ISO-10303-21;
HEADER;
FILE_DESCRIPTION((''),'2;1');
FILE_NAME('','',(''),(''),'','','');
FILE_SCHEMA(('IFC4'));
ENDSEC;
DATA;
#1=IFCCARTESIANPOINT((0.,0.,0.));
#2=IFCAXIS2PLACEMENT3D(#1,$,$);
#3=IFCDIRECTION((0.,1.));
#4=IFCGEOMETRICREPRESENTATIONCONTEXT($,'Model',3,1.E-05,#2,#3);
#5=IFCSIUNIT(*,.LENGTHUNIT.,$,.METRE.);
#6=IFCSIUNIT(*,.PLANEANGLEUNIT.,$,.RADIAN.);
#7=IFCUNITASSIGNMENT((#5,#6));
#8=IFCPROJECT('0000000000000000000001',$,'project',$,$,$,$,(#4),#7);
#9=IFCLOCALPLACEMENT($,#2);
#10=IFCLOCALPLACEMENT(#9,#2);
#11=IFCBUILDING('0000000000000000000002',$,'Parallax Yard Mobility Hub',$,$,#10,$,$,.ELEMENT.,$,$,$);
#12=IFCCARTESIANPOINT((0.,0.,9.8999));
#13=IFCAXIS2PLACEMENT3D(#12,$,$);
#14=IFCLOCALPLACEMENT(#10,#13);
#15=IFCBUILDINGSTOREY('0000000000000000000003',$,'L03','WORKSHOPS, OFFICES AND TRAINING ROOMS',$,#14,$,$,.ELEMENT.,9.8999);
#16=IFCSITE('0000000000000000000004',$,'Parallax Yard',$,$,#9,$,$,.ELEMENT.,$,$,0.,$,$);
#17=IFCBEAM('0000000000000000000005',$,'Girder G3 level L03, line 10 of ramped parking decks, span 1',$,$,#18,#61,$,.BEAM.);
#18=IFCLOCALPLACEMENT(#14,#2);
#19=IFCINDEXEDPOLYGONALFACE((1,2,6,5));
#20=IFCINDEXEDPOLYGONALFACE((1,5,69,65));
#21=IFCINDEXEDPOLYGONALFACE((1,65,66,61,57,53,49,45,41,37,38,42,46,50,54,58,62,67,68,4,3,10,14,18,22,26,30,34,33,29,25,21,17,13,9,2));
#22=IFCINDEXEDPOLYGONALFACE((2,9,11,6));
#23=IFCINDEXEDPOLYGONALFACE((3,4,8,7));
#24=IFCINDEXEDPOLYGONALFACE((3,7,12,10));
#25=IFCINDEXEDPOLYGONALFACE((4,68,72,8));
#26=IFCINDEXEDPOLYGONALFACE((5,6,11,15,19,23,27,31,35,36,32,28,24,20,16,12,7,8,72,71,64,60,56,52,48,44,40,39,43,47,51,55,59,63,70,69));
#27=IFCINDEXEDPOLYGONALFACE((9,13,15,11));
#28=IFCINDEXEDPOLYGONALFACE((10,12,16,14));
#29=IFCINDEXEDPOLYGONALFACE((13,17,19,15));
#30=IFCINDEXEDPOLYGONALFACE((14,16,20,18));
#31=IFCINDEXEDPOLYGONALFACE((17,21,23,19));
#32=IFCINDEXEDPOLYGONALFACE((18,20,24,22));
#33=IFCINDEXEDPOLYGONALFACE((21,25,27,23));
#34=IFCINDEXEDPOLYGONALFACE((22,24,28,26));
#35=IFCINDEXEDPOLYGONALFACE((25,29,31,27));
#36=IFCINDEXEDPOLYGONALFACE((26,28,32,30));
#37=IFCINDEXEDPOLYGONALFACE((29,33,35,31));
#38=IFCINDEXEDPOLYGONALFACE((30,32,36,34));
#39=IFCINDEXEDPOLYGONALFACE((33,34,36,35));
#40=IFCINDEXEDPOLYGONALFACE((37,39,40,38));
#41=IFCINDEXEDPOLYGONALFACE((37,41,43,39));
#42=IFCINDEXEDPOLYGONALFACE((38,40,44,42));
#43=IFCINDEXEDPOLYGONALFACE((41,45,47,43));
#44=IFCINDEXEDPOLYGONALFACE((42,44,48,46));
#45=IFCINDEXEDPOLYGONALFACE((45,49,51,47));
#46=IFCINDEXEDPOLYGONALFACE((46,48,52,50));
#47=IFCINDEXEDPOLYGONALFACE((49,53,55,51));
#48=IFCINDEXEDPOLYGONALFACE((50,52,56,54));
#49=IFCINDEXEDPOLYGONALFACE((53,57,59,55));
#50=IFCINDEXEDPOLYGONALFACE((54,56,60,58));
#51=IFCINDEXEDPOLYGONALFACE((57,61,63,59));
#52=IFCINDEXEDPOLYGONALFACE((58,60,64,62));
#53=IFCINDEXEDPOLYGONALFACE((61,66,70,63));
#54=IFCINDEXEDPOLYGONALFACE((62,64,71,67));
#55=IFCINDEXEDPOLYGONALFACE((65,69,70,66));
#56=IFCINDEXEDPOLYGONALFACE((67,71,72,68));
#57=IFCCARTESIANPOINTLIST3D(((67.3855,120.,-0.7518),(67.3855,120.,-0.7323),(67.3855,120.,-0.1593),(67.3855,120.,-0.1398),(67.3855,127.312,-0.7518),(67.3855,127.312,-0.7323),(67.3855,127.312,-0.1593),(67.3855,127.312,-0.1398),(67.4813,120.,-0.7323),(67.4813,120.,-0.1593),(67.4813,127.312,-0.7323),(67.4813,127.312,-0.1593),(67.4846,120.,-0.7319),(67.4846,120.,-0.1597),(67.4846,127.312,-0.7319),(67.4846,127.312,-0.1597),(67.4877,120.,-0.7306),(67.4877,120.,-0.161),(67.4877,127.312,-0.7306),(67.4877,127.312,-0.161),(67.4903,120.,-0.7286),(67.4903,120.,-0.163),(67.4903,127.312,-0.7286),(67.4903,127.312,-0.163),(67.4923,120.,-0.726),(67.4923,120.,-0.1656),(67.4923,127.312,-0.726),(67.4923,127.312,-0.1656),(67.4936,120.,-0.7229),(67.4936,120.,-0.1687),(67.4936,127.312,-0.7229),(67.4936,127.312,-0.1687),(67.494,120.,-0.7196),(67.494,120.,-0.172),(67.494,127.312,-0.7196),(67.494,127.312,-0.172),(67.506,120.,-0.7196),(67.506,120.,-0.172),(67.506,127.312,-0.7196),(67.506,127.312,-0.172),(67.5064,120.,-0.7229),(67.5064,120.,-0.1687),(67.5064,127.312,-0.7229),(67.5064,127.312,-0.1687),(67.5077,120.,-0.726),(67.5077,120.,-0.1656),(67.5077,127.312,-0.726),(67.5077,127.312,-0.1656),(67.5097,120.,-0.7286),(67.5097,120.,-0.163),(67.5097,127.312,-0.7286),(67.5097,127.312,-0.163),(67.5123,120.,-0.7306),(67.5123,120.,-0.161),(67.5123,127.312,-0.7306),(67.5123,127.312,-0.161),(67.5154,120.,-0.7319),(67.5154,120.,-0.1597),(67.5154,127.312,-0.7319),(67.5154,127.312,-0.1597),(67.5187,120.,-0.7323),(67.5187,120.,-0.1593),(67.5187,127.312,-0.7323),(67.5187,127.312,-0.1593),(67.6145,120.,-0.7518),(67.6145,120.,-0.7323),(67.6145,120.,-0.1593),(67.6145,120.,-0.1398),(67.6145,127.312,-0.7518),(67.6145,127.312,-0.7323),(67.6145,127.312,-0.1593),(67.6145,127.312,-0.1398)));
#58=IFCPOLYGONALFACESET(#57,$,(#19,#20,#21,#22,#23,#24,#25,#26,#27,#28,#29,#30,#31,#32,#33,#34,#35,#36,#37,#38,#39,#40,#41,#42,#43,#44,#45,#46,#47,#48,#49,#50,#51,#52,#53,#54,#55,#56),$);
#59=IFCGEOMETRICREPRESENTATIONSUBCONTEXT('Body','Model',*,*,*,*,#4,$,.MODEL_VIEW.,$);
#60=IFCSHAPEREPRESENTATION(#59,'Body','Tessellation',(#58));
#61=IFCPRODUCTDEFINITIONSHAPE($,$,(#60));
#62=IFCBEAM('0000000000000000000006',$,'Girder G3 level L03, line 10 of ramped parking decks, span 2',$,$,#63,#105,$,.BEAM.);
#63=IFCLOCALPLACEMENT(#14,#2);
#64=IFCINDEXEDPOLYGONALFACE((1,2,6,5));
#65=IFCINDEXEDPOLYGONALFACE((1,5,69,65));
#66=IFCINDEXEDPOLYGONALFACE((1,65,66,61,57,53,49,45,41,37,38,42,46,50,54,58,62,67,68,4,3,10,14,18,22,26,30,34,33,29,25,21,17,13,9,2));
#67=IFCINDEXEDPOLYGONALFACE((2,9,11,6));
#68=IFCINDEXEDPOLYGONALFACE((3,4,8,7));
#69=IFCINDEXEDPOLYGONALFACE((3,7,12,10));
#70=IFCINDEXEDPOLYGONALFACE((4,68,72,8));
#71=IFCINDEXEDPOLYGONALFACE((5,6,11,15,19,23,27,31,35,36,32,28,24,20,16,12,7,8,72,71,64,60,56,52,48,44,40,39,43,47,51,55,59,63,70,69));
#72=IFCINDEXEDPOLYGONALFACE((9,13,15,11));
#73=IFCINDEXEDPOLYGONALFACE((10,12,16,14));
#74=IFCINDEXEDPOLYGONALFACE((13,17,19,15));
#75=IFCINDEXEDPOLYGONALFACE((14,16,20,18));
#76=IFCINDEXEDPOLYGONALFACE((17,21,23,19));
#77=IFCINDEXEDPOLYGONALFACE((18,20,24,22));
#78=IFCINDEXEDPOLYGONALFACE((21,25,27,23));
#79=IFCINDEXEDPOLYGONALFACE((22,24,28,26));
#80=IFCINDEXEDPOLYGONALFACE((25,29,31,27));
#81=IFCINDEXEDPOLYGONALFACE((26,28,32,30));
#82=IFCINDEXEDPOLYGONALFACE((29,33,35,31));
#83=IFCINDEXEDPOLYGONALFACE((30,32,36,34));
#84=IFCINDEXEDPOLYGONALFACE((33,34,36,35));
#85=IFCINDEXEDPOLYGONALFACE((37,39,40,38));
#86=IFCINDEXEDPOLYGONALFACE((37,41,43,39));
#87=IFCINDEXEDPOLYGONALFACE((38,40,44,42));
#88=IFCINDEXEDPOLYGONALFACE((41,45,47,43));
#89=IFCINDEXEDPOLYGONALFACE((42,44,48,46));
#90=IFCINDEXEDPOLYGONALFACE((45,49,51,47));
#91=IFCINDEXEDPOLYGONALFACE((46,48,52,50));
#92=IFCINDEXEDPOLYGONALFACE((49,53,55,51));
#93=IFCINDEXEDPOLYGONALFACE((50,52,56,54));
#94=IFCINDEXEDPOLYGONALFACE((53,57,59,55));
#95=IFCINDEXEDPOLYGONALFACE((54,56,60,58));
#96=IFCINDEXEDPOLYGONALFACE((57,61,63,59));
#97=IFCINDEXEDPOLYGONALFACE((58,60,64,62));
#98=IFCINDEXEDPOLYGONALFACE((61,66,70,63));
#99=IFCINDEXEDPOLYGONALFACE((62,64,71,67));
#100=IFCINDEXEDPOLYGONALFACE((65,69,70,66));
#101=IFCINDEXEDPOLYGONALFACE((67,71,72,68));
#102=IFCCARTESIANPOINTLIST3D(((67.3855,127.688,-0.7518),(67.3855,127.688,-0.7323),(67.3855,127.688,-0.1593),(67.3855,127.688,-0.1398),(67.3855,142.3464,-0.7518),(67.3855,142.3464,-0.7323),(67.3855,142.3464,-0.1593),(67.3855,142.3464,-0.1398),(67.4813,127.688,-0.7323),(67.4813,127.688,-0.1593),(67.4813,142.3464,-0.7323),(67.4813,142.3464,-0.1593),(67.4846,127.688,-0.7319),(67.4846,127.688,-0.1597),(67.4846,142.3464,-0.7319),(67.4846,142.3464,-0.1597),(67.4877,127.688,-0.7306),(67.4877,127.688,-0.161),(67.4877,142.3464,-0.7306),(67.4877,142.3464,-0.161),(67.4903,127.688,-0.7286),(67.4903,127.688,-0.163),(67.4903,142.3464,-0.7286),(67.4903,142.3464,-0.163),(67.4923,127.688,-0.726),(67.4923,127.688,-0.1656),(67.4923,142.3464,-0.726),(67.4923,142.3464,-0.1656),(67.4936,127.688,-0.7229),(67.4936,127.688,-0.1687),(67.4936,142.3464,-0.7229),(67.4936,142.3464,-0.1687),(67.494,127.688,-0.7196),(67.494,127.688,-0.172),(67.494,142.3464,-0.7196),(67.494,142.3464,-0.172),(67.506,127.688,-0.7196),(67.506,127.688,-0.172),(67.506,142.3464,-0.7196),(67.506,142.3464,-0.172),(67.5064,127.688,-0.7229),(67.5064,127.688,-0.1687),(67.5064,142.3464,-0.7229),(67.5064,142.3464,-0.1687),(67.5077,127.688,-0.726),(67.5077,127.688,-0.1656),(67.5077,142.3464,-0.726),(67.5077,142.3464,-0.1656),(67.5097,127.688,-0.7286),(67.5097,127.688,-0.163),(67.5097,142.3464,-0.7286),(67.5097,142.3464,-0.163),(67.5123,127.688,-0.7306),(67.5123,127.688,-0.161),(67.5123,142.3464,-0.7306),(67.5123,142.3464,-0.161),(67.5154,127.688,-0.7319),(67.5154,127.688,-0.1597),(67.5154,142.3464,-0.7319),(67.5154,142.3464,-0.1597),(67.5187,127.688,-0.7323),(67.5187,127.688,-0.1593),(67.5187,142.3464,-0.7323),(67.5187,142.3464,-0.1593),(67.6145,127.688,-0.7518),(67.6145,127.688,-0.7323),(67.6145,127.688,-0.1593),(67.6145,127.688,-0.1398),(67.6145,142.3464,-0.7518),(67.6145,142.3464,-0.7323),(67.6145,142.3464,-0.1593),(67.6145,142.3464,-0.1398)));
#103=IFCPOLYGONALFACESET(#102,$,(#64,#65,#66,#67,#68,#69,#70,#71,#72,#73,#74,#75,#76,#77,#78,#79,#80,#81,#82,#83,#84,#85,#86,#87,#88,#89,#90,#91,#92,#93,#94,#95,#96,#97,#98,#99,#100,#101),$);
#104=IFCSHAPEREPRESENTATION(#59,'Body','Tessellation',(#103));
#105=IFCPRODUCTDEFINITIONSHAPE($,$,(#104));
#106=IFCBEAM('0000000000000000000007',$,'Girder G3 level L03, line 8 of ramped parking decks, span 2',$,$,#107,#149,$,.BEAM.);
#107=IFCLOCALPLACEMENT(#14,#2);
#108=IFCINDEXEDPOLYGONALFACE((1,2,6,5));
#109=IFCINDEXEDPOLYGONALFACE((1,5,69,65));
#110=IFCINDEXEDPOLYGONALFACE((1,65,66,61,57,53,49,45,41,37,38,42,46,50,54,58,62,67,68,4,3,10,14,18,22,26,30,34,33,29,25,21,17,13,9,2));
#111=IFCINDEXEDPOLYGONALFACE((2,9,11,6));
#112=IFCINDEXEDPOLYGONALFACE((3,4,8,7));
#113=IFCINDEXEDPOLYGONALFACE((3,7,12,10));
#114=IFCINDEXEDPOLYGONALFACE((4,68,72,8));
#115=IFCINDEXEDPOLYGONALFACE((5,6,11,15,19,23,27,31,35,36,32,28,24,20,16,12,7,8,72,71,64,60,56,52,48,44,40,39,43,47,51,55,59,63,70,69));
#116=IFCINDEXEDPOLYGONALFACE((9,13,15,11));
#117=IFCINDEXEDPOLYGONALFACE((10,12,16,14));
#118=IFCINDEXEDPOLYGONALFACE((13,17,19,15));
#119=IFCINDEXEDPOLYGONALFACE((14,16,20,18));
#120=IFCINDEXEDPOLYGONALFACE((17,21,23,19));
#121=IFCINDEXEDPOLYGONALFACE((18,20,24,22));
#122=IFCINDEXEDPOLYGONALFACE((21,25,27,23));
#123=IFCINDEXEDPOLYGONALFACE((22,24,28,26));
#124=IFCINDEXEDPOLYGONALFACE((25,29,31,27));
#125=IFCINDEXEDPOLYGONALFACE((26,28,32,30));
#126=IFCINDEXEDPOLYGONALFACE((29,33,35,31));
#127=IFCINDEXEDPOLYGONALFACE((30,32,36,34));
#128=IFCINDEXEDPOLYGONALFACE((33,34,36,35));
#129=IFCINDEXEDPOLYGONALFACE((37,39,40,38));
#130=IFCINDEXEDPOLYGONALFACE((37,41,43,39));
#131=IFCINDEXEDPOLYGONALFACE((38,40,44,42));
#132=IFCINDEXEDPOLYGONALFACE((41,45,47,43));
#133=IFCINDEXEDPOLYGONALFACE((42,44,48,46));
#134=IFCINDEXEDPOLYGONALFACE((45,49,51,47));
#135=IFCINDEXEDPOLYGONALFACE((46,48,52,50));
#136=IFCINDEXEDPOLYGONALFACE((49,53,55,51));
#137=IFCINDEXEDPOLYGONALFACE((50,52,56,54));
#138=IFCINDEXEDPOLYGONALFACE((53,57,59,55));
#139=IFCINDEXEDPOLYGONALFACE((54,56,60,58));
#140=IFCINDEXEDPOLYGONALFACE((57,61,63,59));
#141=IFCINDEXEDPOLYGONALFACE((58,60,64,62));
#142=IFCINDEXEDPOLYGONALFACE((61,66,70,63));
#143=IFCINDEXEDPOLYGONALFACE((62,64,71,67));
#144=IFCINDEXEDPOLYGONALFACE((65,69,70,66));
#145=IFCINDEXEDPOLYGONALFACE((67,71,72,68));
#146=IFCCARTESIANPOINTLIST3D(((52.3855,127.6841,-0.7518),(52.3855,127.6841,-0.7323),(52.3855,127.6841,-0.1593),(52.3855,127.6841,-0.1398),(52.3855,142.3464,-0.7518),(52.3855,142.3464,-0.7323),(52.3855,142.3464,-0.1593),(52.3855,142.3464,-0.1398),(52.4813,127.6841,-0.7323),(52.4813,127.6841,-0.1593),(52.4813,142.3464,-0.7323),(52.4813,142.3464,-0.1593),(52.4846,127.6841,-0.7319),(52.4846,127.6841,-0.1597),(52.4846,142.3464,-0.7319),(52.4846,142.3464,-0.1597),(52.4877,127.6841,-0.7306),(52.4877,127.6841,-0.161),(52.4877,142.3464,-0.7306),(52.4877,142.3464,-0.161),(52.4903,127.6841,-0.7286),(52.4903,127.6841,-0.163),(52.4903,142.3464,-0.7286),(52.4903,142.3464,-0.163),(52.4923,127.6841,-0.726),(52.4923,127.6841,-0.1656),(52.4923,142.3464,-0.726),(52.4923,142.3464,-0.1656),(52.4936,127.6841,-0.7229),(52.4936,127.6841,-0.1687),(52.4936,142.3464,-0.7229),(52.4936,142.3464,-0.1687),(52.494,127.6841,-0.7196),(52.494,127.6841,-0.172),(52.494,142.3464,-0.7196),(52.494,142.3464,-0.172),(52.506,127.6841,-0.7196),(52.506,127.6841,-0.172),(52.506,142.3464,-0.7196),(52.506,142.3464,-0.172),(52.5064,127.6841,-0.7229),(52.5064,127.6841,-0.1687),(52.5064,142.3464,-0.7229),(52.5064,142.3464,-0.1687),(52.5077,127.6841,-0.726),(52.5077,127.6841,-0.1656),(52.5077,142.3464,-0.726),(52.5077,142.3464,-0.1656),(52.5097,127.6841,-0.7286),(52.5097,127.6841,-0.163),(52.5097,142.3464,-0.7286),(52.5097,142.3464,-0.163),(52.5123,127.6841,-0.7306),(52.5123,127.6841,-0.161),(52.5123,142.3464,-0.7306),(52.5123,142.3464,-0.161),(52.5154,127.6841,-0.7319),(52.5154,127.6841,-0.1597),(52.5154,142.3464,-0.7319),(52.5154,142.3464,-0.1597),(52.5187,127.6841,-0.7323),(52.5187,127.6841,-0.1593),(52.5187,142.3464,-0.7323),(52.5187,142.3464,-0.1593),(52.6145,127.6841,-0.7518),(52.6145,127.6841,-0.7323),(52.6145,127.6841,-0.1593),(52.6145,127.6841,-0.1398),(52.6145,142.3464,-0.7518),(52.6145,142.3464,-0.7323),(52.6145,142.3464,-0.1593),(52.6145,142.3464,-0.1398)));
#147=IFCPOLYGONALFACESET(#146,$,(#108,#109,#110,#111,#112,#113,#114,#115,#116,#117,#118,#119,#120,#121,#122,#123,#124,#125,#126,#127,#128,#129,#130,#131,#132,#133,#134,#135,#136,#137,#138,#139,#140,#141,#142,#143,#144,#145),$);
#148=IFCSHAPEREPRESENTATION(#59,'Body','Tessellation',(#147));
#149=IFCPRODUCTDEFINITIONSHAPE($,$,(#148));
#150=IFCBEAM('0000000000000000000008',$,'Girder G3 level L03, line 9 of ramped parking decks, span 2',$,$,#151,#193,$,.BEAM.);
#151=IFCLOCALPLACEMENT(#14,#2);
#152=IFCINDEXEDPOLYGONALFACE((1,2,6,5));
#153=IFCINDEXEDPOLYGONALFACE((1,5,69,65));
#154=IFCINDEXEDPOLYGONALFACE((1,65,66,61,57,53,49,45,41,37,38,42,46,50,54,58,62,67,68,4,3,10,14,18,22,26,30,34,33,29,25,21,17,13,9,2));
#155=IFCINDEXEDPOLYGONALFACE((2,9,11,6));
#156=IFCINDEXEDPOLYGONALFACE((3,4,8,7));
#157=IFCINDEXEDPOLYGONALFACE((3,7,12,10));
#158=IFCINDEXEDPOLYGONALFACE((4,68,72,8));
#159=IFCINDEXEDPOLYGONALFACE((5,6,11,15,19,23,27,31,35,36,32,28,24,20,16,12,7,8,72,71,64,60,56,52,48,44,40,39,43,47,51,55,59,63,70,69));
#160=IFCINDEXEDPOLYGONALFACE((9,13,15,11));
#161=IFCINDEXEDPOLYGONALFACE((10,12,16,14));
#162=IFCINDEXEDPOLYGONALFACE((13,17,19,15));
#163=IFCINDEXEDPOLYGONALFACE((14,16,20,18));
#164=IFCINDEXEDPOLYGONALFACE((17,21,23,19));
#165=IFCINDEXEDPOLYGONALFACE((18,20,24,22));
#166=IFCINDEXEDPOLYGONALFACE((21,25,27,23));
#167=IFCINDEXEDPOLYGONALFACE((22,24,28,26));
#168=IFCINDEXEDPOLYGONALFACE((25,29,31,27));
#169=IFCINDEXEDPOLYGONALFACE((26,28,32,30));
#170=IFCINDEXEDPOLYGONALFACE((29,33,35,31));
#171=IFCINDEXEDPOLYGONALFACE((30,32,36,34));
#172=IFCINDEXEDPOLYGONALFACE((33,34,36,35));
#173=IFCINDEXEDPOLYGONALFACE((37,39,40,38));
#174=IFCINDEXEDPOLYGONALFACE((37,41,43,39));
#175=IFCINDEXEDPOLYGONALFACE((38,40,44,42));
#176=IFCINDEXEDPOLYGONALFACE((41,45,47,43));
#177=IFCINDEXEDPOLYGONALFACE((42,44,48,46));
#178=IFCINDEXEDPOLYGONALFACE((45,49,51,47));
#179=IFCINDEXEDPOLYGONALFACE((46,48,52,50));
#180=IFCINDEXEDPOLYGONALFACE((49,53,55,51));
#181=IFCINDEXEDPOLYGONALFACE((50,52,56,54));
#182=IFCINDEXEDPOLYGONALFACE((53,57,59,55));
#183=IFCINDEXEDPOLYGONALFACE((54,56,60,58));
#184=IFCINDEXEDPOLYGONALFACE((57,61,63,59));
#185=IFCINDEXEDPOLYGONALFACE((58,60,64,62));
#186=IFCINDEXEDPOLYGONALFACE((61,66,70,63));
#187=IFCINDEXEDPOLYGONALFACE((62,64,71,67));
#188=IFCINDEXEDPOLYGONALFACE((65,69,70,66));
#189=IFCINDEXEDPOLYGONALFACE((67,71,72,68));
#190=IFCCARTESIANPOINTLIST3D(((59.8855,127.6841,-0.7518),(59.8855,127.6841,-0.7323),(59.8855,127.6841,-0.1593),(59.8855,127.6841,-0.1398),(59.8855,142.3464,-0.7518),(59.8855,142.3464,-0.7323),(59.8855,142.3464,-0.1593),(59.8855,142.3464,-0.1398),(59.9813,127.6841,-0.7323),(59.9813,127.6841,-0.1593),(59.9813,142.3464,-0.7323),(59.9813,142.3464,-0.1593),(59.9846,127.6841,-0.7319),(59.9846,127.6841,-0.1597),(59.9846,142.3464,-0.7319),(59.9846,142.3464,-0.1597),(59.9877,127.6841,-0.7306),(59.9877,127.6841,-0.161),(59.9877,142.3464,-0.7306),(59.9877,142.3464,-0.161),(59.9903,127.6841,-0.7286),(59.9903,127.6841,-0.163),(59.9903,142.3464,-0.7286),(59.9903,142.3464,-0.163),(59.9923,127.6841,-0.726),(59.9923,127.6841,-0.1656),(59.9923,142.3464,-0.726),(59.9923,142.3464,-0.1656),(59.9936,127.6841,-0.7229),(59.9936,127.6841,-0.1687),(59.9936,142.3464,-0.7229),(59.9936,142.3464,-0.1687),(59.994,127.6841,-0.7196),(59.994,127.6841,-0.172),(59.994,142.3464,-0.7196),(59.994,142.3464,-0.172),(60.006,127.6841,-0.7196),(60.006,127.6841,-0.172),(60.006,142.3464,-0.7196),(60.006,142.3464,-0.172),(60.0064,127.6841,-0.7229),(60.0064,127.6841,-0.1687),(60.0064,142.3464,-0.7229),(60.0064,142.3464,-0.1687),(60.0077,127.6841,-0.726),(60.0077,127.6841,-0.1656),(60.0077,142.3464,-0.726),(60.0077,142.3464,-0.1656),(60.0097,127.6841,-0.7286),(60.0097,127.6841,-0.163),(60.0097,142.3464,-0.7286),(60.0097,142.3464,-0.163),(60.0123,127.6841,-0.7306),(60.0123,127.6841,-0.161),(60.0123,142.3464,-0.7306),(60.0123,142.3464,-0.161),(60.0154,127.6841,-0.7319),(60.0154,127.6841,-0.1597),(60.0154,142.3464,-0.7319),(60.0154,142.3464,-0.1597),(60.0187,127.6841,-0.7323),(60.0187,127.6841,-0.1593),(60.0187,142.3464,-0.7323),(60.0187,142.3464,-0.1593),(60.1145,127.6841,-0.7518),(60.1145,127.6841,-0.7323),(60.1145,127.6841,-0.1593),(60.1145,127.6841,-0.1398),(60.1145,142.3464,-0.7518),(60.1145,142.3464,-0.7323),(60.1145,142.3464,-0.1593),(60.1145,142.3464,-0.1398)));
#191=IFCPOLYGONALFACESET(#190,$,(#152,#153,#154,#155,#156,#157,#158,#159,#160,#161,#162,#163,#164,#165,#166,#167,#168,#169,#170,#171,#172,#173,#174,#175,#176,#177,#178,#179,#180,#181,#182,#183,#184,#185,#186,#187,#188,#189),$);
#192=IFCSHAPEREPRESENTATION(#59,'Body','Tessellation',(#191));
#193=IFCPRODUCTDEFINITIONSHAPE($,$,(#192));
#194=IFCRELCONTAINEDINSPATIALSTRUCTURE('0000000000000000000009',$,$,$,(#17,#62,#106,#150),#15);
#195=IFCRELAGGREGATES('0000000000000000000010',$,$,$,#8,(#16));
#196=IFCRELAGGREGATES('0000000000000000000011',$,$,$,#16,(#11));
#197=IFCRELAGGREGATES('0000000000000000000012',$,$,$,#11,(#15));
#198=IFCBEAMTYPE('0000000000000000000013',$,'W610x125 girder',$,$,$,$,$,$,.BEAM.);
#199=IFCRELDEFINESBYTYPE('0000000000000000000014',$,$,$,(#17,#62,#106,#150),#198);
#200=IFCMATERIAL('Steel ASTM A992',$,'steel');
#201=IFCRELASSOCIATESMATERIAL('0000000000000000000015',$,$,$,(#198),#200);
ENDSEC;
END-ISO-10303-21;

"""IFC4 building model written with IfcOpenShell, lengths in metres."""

from ifc_helpers import new_model, si_unit, direction, frame, origin, origin_2d, place, context, subcontext, project, spatial, i_section, extrude, material, material_profile, profile_set, type_object, element, save


model = new_model("IFC4")

# Units and contexts
model_context = context("Model", 3, precision=1e-05, world=origin(), true_north=direction((0.0, 1.0)))
body_context = subcontext(model_context, "Body", "Model", "MODEL_VIEW")
ifc_project = project(units=[si_unit("LENGTHUNIT", "METRE"), si_unit("PLANEANGLEUNIT", "RADIAN")], contexts=[model_context])

# Site, building, storey
site_placement = place(None, origin())
site = spatial("IfcSite", under=ifc_project, at=site_placement, Name="Parallax Yard", CompositionType="ELEMENT", RefElevation=0.0)
building_placement = place(site_placement, origin())
building = spatial("IfcBuilding", under=site, at=building_placement, Name="Parallax Yard Mobility Hub", CompositionType="ELEMENT")
storey_placement = place(building_placement, frame((0.0, 0.0, 9.8999)))
storey = spatial("IfcBuildingStorey", under=building, at=storey_placement, Name="L03", Description="WORKSHOPS, OFFICES AND TRAINING ROOMS", CompositionType="ELEMENT", Elevation=9.8999)

# Shared definitions
ifc_material_1 = material(Name="Steel ASTM A992", Category="steel")

# Beams
ifc_material_profile_1 = material_profile(ifc_material_1, i_section(OverallWidth=0.229, OverallDepth=0.6121, WebThickness=0.012, FlangeThickness=0.0195, FilletRadius=0.0127, at=origin_2d()), Name="W610x125")
ifc_profile_set_1 = profile_set([ifc_material_profile_1], Name="Steel ASTM A992")
beam_type_1 = type_object("IfcBeamType", Name="W610x125 girder", PredefinedType="BEAM", material=ifc_profile_set_1)
beam_1_placement = place(storey_placement, frame((67.5, 120.0, -0.4458), z_axis=(0.0, 1.0, 0.0), x_axis=(-1.0, 0.0, 0.0)))
element("IfcBeam", 1, at=beam_1_placement, inside=storey, type_object=beam_type_1, Name="Girder G3 level L03, line 10 of ramped parking decks, span 1", PredefinedType="BEAM", context=body_context, shape_type="SweptSolid", body=[
    extrude(i_section(OverallWidth=0.229, OverallDepth=0.6121, WebThickness=0.012, FlangeThickness=0.0195, FilletRadius=0.0127, at=origin_2d()), origin(), (0.0, 0.0, 1.0), 7.312),
])
beam_2_placement = place(storey_placement, frame((67.5, 127.688, -0.4458), z_axis=(0.0, 1.0, 0.0), x_axis=(-1.0, 0.0, 0.0)))
element("IfcBeam", 2, at=beam_2_placement, inside=storey, type_object=beam_type_1, Name="Girder G3 level L03, line 10 of ramped parking decks, span 2", PredefinedType="BEAM", context=body_context, shape_type="SweptSolid", body=[
    extrude(i_section(OverallWidth=0.229, OverallDepth=0.6121, WebThickness=0.012, FlangeThickness=0.0195, FilletRadius=0.0127, at=origin_2d()), origin(), (0.0, 0.0, 1.0), 14.6584),
])
for number, where, z_axis, x_axis, name in (
    (3, (52.5, 127.6841, -0.4458), (0.0, 1.0, 0.0), (-1.0, 0.0, 0.0), "Girder G3 level L03, line 8 of ramped parking decks, span 2"),
    (4, (60.0, 127.6841, -0.4458), (0.0, 1.0, 0.0), (-1.0, 0.0, 0.0), "Girder G3 level L03, line 9 of ramped parking decks, span 2"),
):
    element("IfcBeam", number, at=place(storey_placement, frame(where, z_axis=z_axis, x_axis=x_axis)), inside=storey, type_object=beam_type_1, Name=name, PredefinedType="BEAM", context=body_context, shape_type="SweptSolid", body=[
        extrude(i_section(OverallWidth=0.229, OverallDepth=0.6121, WebThickness=0.012, FlangeThickness=0.0195, FilletRadius=0.0127, at=origin_2d()), origin(), (0.0, 0.0, 1.0), 14.6624),
    ])

save(model, "model.ifc")
